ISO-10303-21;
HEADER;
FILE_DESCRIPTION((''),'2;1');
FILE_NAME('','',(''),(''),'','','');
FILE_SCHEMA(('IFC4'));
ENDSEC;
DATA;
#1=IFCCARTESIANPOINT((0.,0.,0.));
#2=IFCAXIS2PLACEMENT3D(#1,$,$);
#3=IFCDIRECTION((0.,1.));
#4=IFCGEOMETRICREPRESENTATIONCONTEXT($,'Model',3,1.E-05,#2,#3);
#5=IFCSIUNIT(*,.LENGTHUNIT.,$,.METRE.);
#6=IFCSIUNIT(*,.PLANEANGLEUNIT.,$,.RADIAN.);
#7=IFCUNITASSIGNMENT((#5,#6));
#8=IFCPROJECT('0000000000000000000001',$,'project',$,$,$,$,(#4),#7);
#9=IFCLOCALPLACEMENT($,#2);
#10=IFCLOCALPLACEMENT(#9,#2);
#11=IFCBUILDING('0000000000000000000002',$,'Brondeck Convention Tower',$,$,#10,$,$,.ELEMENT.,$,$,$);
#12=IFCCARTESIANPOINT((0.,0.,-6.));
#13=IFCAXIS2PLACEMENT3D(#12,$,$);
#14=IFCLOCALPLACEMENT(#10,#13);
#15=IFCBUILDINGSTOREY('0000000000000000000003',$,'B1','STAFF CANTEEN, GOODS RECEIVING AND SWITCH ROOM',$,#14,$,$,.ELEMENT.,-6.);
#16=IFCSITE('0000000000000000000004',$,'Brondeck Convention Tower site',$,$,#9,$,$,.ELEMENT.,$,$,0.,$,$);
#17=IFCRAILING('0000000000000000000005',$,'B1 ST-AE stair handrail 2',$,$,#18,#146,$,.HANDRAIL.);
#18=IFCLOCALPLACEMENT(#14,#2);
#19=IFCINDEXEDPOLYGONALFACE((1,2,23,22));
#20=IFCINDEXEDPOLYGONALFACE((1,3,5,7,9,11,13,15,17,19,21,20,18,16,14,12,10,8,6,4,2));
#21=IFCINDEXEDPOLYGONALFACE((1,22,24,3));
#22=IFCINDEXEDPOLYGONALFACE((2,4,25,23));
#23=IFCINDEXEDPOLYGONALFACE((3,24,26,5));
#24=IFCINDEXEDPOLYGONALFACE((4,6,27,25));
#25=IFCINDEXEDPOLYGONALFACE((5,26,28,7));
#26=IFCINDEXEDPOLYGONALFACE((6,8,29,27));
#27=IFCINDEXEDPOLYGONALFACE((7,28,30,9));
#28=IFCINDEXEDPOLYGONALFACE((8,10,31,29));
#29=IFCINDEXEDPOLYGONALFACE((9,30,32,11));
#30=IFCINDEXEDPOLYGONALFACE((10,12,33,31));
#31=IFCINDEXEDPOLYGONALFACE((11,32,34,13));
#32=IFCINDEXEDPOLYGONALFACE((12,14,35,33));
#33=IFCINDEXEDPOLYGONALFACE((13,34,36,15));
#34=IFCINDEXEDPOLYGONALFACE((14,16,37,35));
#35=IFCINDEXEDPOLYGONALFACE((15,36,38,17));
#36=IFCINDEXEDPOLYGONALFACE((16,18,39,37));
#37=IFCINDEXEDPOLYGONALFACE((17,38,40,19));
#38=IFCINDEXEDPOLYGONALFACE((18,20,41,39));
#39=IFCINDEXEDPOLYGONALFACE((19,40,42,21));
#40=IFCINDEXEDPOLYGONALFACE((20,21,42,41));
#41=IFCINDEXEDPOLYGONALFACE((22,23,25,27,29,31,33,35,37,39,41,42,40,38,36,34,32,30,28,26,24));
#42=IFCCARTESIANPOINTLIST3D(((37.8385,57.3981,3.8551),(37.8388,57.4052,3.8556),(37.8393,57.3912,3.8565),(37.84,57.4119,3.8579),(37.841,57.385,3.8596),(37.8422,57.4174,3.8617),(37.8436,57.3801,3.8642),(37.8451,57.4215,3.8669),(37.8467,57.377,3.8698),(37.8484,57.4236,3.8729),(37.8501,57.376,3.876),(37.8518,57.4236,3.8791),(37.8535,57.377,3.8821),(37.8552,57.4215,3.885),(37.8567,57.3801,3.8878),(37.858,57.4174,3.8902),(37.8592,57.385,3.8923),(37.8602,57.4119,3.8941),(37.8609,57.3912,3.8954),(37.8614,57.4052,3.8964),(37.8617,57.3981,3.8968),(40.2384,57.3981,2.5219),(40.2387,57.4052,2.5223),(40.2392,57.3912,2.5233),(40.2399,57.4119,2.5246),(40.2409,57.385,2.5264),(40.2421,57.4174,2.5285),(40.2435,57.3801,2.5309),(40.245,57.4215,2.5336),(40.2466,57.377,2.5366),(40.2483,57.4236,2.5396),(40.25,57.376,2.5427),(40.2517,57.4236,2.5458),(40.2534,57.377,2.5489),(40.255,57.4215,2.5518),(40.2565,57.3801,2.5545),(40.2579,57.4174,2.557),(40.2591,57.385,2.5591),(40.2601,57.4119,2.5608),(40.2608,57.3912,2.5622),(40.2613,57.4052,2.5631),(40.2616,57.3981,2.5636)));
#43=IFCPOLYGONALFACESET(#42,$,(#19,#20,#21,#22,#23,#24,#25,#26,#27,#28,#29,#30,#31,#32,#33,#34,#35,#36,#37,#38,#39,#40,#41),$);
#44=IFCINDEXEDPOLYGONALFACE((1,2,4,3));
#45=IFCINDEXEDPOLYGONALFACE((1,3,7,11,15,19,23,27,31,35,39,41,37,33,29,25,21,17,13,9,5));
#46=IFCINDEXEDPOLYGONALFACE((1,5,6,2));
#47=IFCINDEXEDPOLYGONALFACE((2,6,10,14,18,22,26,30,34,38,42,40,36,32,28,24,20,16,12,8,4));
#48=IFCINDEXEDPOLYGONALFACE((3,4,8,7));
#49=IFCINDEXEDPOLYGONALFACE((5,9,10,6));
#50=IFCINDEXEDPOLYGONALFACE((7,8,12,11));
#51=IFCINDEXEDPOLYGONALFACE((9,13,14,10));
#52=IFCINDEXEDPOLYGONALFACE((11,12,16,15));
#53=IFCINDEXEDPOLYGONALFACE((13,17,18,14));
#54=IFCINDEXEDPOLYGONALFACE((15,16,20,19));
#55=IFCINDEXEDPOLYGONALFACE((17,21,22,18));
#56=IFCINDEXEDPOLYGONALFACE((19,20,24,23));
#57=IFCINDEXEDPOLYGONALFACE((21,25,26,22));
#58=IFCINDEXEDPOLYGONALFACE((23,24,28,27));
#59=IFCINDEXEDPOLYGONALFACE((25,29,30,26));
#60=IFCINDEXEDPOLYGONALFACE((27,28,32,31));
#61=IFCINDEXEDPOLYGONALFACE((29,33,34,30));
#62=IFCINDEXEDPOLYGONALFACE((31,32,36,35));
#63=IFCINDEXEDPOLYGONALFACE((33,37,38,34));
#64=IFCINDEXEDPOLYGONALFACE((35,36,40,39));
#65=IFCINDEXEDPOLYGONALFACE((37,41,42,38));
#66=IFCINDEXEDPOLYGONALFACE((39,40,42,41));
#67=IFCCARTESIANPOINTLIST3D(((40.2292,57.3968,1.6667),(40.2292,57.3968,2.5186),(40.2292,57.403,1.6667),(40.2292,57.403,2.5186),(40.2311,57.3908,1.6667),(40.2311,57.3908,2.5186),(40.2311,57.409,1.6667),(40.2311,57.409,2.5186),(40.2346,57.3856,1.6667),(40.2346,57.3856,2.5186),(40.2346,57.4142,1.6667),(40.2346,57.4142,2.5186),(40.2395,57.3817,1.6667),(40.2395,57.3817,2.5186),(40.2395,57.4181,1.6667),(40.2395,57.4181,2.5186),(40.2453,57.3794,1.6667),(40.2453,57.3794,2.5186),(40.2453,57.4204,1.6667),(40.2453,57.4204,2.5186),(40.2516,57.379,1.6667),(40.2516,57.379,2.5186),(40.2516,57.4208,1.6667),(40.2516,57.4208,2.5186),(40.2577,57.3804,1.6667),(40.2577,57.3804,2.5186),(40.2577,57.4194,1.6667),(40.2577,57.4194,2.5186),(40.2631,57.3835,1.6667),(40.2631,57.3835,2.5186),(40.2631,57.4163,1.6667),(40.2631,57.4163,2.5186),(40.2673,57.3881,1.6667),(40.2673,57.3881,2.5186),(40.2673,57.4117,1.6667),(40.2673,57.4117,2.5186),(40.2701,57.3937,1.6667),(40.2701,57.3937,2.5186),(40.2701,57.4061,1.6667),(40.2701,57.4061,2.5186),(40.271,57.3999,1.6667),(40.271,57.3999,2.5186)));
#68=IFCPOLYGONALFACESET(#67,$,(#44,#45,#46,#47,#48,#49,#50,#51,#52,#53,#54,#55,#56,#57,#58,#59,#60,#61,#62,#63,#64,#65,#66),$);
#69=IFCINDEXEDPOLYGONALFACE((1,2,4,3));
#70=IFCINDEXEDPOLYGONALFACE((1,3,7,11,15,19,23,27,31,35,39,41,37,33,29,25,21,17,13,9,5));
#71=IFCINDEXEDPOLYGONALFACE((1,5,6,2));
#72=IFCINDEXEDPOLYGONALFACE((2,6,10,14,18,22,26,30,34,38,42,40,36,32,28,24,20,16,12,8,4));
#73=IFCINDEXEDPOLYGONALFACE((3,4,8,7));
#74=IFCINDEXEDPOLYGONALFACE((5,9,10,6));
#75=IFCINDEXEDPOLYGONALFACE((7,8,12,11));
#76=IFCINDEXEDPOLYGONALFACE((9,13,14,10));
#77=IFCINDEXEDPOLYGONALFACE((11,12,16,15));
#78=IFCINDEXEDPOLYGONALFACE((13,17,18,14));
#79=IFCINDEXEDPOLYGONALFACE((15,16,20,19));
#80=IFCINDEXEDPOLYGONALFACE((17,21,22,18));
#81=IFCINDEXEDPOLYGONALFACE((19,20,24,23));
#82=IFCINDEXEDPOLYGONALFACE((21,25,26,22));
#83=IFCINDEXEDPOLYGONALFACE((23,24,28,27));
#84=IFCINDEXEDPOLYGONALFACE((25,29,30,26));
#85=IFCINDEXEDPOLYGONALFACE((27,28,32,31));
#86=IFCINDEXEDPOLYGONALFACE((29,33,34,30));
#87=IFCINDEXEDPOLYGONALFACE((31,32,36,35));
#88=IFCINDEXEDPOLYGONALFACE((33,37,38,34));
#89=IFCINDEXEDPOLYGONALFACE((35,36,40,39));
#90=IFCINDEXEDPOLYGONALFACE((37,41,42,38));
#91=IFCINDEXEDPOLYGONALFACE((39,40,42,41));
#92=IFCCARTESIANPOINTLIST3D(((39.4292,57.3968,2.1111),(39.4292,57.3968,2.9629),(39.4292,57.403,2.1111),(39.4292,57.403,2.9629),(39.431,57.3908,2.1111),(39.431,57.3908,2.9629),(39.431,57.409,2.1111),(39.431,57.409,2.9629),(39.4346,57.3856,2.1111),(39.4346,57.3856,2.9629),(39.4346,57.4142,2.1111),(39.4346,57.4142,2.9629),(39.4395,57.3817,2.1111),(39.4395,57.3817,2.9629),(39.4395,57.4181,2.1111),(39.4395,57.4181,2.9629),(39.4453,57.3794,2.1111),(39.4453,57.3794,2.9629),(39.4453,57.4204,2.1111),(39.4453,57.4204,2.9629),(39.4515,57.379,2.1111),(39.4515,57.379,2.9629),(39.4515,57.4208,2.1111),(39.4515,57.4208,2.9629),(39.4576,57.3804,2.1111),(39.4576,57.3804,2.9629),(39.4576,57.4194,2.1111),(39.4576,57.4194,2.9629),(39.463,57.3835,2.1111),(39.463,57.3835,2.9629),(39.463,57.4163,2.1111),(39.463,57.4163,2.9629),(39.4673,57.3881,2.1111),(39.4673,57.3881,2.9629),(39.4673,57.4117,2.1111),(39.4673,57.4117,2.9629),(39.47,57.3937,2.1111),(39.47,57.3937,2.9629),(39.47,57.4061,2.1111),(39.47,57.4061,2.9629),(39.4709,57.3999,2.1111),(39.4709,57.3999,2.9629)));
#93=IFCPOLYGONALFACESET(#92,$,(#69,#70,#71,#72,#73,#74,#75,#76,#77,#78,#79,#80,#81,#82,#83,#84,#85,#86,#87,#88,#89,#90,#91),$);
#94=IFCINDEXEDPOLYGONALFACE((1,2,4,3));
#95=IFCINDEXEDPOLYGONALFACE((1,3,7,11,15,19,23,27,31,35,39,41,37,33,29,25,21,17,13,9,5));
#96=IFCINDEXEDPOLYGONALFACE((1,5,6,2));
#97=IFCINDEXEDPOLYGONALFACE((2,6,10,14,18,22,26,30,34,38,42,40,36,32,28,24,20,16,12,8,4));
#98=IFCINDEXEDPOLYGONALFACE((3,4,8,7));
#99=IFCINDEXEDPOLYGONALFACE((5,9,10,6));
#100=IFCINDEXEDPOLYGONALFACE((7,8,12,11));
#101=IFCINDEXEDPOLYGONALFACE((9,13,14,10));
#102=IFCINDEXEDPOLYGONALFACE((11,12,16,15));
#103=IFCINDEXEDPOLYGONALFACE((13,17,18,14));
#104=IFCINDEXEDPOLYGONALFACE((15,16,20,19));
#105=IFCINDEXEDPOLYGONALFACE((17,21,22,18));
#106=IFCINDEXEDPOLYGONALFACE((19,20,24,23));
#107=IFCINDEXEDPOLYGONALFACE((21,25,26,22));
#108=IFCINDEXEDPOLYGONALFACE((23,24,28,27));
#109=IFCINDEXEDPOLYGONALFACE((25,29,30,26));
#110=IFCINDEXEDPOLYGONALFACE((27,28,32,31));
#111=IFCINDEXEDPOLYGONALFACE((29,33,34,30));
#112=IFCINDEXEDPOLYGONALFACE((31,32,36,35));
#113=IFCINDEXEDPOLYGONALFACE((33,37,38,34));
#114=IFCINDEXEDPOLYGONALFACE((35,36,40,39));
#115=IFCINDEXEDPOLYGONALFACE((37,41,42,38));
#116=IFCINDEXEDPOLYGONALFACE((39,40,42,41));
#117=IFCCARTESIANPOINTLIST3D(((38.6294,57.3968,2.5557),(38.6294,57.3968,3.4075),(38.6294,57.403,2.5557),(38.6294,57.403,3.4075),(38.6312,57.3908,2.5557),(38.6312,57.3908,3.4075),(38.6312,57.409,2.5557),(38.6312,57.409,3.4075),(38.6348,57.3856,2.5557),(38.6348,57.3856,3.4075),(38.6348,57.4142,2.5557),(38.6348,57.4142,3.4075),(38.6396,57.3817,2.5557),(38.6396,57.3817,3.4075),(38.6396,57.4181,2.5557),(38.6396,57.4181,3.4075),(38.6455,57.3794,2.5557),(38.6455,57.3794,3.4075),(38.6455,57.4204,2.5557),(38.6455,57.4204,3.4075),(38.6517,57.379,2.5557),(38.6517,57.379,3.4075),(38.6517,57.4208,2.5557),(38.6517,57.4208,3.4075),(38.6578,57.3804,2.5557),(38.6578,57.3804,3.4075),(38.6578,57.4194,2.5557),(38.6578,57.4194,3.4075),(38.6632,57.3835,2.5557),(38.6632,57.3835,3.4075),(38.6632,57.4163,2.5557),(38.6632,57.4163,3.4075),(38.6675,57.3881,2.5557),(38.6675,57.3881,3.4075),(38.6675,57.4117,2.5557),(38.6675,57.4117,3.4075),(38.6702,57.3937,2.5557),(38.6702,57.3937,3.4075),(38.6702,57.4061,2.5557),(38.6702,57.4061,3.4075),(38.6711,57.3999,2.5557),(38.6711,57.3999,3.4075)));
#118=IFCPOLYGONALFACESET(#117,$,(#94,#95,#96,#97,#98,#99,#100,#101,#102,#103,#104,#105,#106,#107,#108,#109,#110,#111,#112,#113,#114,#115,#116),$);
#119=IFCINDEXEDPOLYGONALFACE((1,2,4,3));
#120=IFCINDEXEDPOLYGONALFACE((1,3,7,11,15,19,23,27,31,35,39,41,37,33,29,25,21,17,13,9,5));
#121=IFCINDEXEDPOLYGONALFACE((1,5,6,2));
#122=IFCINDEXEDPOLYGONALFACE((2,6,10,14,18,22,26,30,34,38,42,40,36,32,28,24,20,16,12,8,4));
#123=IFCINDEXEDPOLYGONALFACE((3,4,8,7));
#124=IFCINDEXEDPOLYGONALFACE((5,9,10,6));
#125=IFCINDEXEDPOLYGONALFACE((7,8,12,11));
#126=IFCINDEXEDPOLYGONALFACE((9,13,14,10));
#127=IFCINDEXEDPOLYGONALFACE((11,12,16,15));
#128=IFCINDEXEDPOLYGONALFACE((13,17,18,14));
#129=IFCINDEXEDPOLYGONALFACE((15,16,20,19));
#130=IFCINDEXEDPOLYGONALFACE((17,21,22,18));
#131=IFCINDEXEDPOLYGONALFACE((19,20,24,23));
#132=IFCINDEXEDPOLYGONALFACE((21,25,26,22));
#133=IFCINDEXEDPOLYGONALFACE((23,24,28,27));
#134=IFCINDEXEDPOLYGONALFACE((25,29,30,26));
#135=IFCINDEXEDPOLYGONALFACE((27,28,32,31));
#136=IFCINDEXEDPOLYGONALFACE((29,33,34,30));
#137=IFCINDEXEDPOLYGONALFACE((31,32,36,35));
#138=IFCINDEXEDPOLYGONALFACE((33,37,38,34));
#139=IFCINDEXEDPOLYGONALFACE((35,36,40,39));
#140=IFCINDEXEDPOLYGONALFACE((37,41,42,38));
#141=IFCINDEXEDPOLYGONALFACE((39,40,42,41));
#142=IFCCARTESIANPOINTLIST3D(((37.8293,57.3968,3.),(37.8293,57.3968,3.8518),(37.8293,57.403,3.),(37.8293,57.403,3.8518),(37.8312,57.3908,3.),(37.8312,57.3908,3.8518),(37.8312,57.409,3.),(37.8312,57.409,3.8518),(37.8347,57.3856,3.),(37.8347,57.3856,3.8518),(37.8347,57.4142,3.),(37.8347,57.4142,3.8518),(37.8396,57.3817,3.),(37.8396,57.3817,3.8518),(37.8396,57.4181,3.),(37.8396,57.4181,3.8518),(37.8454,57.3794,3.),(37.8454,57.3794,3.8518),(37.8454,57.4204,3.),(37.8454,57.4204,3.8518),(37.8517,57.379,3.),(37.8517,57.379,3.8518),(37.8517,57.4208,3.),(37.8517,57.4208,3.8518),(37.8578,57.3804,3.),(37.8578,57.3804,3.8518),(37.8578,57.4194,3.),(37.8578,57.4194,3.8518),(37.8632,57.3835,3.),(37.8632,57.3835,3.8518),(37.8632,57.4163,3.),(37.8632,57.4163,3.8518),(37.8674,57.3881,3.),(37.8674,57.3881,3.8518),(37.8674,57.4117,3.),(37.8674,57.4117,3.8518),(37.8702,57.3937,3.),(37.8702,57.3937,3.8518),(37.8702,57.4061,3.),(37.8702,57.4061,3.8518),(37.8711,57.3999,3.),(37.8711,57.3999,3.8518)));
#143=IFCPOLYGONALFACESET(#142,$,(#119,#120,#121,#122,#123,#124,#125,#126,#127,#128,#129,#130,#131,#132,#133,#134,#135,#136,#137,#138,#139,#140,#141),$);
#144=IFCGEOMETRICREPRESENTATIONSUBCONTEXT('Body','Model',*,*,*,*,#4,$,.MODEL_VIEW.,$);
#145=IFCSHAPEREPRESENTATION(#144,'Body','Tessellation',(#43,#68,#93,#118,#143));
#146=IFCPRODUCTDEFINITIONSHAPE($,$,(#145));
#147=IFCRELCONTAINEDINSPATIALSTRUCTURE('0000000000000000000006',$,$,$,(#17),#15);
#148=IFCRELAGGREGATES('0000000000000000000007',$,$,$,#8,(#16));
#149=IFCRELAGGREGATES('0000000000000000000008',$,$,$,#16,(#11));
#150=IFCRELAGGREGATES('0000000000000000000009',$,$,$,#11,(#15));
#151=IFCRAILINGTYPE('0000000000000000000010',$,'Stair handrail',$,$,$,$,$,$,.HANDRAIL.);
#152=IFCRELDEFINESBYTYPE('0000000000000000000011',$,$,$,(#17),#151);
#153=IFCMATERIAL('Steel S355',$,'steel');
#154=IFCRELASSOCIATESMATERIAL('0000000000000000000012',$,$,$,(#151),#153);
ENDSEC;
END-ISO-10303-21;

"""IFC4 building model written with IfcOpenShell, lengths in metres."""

from ifc_helpers import new_model, si_unit, direction, frame, origin, origin_2d, place, context, subcontext, project, spatial, circle, extrude, material, type_object, element, save


model = new_model("IFC4")

# Units and contexts
model_context = context("Model", 3, precision=1e-05, world=origin(), true_north=direction((0.0, 1.0)))
body_context = subcontext(model_context, "Body", "Model", "MODEL_VIEW")
ifc_project = project(units=[si_unit("LENGTHUNIT", "METRE"), si_unit("PLANEANGLEUNIT", "RADIAN")], contexts=[model_context])

# Site, building, storey
site_placement = place(None, origin())
site = spatial("IfcSite", under=ifc_project, at=site_placement, Name="Brondeck Convention Tower site", CompositionType="ELEMENT", RefElevation=0.0)
building_placement = place(site_placement, origin())
building = spatial("IfcBuilding", under=site, at=building_placement, Name="Brondeck Convention Tower", CompositionType="ELEMENT")
storey_placement = place(building_placement, frame((0.0, 0.0, -6.0)))
storey = spatial("IfcBuildingStorey", under=building, at=storey_placement, Name="B1", Description="STAFF CANTEEN, GOODS RECEIVING AND SWITCH ROOM", CompositionType="ELEMENT", Elevation=-6.0)

# Shared definitions
ifc_material_1 = material(Name="Steel S355", Category="steel")

# Railing
railing_type_1 = type_object("IfcRailingType", Name="Stair handrail", PredefinedType="HANDRAIL", material=ifc_material_1)
railing_1_placement = place(storey_placement, frame((40.25, 57.3999, 1.6667)))
element("IfcRailing", 1, at=railing_1_placement, inside=storey, type_object=railing_type_1, Name="B1 ST-AE stair handrail 2", PredefinedType="HANDRAIL", context=body_context, shape_type="SweptSolid", body=[
    extrude(circle(Radius=0.0239, at=origin_2d()), frame((0.0, 0.0, 0.876), z_axis=(-0.874161, 0.0, 0.485635), x_axis=(0.0, -1.0, 0.0)), (0.0, 0.0, 1.0), 2.7454),
    extrude(circle(Radius=0.021, at=origin_2d()), origin(), (0.0, 0.0, 1.0), 0.8518),
    extrude(circle(Radius=0.021, at=origin_2d()), frame((-0.8, 0.0, 0.4443)), (0.0, 0.0, 1.0), 0.8518),
    extrude(circle(Radius=0.021, at=origin_2d()), frame((-1.5999, 0.0, 0.8889)), (0.0, 0.0, 1.0), 0.8518),
    extrude(circle(Radius=0.021, at=origin_2d()), frame((-2.3999, 0.0, 1.3333)), (0.0, 0.0, 1.0), 0.8518),
])

save(model, "model.ifc")
